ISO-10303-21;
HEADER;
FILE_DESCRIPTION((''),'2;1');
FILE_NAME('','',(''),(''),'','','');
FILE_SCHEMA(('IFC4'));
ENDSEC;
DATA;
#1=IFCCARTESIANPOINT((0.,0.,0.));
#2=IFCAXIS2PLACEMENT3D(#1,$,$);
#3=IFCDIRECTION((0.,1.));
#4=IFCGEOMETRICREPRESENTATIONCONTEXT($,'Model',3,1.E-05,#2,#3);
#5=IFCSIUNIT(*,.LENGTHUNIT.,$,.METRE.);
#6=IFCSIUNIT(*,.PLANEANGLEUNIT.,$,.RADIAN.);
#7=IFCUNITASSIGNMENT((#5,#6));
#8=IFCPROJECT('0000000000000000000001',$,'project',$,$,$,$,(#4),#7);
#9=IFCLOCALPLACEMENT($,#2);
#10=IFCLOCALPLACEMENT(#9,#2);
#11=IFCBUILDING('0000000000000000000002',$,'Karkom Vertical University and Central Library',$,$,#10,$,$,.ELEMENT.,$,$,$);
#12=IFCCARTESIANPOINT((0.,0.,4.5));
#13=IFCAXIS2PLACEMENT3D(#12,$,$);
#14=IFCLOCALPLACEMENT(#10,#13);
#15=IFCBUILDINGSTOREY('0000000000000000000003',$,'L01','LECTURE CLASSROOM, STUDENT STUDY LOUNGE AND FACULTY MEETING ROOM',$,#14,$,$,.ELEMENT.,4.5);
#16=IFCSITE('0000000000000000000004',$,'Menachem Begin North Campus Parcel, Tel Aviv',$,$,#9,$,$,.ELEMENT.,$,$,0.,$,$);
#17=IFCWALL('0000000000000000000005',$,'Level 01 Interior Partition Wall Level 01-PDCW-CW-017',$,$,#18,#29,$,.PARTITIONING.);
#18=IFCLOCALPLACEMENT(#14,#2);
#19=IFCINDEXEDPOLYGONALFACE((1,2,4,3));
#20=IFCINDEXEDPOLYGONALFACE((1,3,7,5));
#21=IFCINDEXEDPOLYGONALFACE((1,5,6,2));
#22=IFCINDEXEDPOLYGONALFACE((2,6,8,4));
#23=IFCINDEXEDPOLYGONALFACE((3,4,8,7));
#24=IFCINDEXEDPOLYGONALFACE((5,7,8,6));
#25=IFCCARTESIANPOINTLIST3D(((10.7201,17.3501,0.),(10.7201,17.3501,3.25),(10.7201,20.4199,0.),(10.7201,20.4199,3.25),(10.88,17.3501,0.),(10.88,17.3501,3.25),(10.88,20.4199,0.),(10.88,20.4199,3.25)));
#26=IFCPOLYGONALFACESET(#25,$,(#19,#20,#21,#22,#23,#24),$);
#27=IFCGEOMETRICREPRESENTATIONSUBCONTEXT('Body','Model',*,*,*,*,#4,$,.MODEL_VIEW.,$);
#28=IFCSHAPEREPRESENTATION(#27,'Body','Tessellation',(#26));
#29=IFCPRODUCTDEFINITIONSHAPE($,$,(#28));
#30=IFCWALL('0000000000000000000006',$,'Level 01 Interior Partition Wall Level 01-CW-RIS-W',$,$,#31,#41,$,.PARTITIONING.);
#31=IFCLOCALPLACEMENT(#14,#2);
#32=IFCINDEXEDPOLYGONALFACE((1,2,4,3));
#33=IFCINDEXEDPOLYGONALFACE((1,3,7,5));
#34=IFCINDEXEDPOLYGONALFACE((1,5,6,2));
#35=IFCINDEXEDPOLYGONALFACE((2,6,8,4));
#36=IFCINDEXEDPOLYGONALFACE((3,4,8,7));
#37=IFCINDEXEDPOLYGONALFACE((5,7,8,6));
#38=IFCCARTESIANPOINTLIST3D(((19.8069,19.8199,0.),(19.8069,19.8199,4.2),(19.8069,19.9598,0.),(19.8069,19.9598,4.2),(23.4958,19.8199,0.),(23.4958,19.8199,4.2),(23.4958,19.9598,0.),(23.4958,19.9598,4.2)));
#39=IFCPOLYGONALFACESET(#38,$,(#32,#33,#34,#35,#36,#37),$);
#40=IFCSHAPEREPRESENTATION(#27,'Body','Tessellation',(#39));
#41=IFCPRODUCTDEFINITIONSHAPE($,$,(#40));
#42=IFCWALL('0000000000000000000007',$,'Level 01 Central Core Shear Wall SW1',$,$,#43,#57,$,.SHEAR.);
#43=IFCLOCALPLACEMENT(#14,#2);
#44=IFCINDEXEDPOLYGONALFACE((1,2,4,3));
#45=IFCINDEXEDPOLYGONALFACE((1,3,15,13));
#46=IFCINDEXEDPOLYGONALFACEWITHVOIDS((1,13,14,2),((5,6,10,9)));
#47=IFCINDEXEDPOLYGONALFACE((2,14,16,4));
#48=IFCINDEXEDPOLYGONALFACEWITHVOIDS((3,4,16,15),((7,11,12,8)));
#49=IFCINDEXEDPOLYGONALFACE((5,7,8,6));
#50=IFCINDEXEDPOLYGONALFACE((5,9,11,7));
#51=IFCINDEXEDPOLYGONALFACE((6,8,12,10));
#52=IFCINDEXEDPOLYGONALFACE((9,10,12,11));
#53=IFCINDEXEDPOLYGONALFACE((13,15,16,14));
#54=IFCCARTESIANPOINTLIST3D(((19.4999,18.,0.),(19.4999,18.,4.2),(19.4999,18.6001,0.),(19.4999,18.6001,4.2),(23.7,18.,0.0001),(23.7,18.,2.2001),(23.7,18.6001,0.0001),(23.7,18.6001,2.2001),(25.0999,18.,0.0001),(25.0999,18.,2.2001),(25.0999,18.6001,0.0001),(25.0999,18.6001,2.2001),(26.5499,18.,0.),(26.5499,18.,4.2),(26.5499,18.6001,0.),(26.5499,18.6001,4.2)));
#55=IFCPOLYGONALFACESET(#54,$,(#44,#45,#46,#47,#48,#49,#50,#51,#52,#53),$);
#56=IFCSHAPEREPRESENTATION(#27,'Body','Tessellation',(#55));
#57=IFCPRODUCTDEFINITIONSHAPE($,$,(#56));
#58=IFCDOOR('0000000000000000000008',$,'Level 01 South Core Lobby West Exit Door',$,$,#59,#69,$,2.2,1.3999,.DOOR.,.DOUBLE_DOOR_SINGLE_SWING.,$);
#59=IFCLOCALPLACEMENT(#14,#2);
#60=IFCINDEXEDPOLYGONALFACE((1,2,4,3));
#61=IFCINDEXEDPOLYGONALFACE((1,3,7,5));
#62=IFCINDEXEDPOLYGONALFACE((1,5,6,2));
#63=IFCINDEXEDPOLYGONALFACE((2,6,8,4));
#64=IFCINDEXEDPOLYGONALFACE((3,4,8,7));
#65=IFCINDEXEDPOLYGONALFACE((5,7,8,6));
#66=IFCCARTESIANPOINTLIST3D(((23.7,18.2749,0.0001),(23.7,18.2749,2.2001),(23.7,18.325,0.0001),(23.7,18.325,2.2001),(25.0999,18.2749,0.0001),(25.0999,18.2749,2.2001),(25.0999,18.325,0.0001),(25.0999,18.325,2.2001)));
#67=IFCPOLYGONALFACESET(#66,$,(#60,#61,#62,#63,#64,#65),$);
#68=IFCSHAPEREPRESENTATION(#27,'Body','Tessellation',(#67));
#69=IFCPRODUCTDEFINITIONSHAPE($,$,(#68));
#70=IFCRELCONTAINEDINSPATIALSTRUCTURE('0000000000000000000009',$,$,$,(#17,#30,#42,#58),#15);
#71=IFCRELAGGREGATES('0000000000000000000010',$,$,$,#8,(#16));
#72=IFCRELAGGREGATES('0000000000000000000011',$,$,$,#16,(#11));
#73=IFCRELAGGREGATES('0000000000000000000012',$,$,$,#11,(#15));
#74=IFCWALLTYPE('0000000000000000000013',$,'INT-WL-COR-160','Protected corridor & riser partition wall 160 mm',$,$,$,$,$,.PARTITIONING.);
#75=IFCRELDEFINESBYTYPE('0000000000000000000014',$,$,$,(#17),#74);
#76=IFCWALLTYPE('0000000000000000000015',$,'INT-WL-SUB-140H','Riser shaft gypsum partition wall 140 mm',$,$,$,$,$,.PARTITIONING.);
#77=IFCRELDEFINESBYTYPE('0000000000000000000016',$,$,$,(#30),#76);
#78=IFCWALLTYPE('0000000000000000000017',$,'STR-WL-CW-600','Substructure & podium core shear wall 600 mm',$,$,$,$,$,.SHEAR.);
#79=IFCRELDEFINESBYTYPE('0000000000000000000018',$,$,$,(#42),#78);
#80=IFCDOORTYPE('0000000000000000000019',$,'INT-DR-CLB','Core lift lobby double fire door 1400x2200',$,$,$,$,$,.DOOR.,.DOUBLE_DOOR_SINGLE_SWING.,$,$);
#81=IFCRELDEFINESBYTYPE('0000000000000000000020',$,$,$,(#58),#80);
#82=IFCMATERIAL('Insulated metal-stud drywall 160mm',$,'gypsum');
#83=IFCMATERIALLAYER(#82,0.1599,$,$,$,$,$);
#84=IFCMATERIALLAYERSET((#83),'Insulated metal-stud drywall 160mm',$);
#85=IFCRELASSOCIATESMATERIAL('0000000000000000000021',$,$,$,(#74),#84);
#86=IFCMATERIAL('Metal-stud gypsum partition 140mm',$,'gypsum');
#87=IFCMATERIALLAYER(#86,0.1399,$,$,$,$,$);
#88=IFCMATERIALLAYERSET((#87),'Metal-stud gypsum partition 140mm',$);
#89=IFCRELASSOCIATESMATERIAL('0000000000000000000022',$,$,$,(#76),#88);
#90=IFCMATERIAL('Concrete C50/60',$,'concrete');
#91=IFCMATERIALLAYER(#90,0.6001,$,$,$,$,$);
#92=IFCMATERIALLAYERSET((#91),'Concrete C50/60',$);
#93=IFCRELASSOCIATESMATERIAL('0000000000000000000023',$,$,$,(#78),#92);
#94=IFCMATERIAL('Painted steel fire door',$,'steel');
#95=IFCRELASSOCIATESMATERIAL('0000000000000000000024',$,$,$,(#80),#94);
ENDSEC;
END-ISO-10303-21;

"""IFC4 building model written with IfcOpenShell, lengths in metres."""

from ifc_helpers import new_model, si_unit, direction, frame, frame_2d, origin, origin_with_axes, place, context, subcontext, project, spatial, rectangle, extrude, source, transform, mapped, material, layer, layer_set, type_object, element, fill, save


model = new_model("IFC4")

# Units and contexts
model_context = context("Model", 3, precision=1e-05, world=origin(), true_north=direction((0.0, 1.0)))
body_context = subcontext(model_context, "Body", "Model", "MODEL_VIEW")
ifc_project = project(units=[si_unit("LENGTHUNIT", "METRE"), si_unit("PLANEANGLEUNIT", "RADIAN")], contexts=[model_context])

# Site, building, storey
site_placement = place(None, origin())
site = spatial("IfcSite", under=ifc_project, at=site_placement, Name="Menachem Begin North Campus Parcel, Tel Aviv", CompositionType="ELEMENT", RefElevation=0.0)
building_placement = place(site_placement, origin())
building = spatial("IfcBuilding", under=site, at=building_placement, Name="Karkom Vertical University and Central Library", CompositionType="ELEMENT")
storey_placement = place(building_placement, frame((0.0, 0.0, 4.5)))
storey = spatial("IfcBuildingStorey", under=building, at=storey_placement, Name="L01", Description="LECTURE CLASSROOM, STUDENT STUDY LOUNGE AND FACULTY MEETING ROOM", CompositionType="ELEMENT", Elevation=4.5)

# Shared definitions
ifc_material_1 = material(Name="Concrete C50/60", Category="concrete")

# Shared definitions
ifc_material_2 = material(Name="Insulated metal-stud drywall 160mm", Category="gypsum")
ifc_layer_1 = layer(ifc_material_2, 0.1599)
ifc_layer_set_1 = layer_set([ifc_layer_1], Name="Insulated metal-stud drywall 160mm")
wall_type_1 = type_object("IfcWallType", Name="INT-WL-COR-160", Description="Protected corridor & riser partition wall 160 mm", PredefinedType="PARTITIONING", material=ifc_layer_set_1)

# Wall
wall_1_placement = place(storey_placement, frame((10.8, 17.3501, 0.0), z_axis=(0.0, 0.0, 1.0), x_axis=(0.0, 1.0, 0.0)))
element("IfcWall", 1, at=wall_1_placement, inside=storey, type_object=wall_type_1, Name="Level 01 Interior Partition Wall Level 01-PDCW-CW-017", PredefinedType="PARTITIONING", context=body_context, shape_type="SweptSolid", body=[
    extrude(rectangle(XDim=3.0698, YDim=0.1599, at=frame_2d((1.5349, 0.0))), origin(), (0.0, 0.0, 1.0), 3.25),
])

# Wall
ifc_material_3 = material(Name="Metal-stud gypsum partition 140mm", Category="gypsum")
ifc_layer_2 = layer(ifc_material_3, 0.1399)
ifc_layer_set_2 = layer_set([ifc_layer_2], Name="Metal-stud gypsum partition 140mm")
wall_type_2 = type_object("IfcWallType", Name="INT-WL-SUB-140H", Description="Riser shaft gypsum partition wall 140 mm", PredefinedType="PARTITIONING", material=ifc_layer_set_2)
wall_2_placement = place(storey_placement, frame((19.8069, 19.8899, 0.0), z_axis=(0.0, 0.0, 1.0), x_axis=(1.0, 0.0, 0.0)))
element("IfcWall", 2, at=wall_2_placement, inside=storey, type_object=wall_type_2, Name="Level 01 Interior Partition Wall Level 01-CW-RIS-W", PredefinedType="PARTITIONING", context=body_context, shape_type="SweptSolid", body=[
    extrude(rectangle(XDim=3.689, YDim=0.1399, at=frame_2d((1.8445, 0.0))), origin(), (0.0, 0.0, 1.0), 4.2),
])

# Wall, opening, door
ifc_layer_3 = layer(ifc_material_1, 0.6001)
ifc_layer_set_3 = layer_set([ifc_layer_3], Name="Concrete C50/60")
wall_type_3 = type_object("IfcWallType", Name="STR-WL-CW-600", Description="Substructure & podium core shear wall 600 mm", PredefinedType="SHEAR", material=ifc_layer_set_3)
wall_3_placement = place(storey_placement, frame((19.5, 18.3, 0.0), z_axis=(0.0, 0.0, 1.0), x_axis=(1.0, 0.0, 0.0)))
wall_3 = element("IfcWall", 3, at=wall_3_placement, inside=storey, type_object=wall_type_3, Name="Level 01 Central Core Shear Wall SW1", PredefinedType="SHEAR", context=body_context, shape_type="SweptSolid", body=[
    extrude(rectangle(XDim=7.05, YDim=0.6001, at=frame_2d((3.5249, 0.0))), origin(), (0.0, 0.0, 1.0), 4.2),
])
opening_1_placement = place(wall_3_placement, frame((4.2, 0.0, 0.0)))
opening_1 = element("IfcOpeningElement", 4, at=opening_1_placement, cuts=wall_3, PredefinedType="OPENING", context=body_context, shape_type="SweptSolid", body=[
    extrude(rectangle(XDim=1.3999, YDim=2.2, at=frame_2d((0.7, 1.1001))), frame((0.0, 0.3101, 0.0), z_axis=(0.0, -1.0, 0.0), x_axis=(1.0, 0.0, 0.0)), (0.0, 0.0, 1.0), 0.6201),
])
ifc_material_4 = material(Name="Painted steel fire door", Category="steel")
door_type_1 = type_object("IfcDoorType", Name="INT-DR-CLB", Description="Core lift lobby double fire door 1400x2200", OperationType="DOUBLE_DOOR_SINGLE_SWING", PredefinedType="DOOR", material=ifc_material_4)
shared_shape_1 = source(origin_with_axes(), body_context, "Body", "SweptSolid", [
    extrude(rectangle(XDim=1.3999, YDim=2.2, at=frame_2d((0.7, 1.1001))), frame((0.0, 0.0249, 0.0), z_axis=(0.0, -1.0, 0.0), x_axis=(1.0, 0.0, 0.0)), (0.0, 0.0, 1.0), 0.05),
])
door_1_placement = place(opening_1_placement, origin())
door_1 = element("IfcDoor", 5, at=door_1_placement, inside=storey, type_object=door_type_1, Name="Level 01 South Core Lobby West Exit Door", OperationType="DOUBLE_DOOR_SINGLE_SWING", OverallHeight=2.2, OverallWidth=1.3999, PredefinedType="DOOR", context=body_context, shape_type="MappedRepresentation", body=[
    mapped(shared_shape_1, transform((0.0, 0.0, 0.0), scale=1.0)),
])
fill(opening_1, door_1)

save(model, "model.ifc")
